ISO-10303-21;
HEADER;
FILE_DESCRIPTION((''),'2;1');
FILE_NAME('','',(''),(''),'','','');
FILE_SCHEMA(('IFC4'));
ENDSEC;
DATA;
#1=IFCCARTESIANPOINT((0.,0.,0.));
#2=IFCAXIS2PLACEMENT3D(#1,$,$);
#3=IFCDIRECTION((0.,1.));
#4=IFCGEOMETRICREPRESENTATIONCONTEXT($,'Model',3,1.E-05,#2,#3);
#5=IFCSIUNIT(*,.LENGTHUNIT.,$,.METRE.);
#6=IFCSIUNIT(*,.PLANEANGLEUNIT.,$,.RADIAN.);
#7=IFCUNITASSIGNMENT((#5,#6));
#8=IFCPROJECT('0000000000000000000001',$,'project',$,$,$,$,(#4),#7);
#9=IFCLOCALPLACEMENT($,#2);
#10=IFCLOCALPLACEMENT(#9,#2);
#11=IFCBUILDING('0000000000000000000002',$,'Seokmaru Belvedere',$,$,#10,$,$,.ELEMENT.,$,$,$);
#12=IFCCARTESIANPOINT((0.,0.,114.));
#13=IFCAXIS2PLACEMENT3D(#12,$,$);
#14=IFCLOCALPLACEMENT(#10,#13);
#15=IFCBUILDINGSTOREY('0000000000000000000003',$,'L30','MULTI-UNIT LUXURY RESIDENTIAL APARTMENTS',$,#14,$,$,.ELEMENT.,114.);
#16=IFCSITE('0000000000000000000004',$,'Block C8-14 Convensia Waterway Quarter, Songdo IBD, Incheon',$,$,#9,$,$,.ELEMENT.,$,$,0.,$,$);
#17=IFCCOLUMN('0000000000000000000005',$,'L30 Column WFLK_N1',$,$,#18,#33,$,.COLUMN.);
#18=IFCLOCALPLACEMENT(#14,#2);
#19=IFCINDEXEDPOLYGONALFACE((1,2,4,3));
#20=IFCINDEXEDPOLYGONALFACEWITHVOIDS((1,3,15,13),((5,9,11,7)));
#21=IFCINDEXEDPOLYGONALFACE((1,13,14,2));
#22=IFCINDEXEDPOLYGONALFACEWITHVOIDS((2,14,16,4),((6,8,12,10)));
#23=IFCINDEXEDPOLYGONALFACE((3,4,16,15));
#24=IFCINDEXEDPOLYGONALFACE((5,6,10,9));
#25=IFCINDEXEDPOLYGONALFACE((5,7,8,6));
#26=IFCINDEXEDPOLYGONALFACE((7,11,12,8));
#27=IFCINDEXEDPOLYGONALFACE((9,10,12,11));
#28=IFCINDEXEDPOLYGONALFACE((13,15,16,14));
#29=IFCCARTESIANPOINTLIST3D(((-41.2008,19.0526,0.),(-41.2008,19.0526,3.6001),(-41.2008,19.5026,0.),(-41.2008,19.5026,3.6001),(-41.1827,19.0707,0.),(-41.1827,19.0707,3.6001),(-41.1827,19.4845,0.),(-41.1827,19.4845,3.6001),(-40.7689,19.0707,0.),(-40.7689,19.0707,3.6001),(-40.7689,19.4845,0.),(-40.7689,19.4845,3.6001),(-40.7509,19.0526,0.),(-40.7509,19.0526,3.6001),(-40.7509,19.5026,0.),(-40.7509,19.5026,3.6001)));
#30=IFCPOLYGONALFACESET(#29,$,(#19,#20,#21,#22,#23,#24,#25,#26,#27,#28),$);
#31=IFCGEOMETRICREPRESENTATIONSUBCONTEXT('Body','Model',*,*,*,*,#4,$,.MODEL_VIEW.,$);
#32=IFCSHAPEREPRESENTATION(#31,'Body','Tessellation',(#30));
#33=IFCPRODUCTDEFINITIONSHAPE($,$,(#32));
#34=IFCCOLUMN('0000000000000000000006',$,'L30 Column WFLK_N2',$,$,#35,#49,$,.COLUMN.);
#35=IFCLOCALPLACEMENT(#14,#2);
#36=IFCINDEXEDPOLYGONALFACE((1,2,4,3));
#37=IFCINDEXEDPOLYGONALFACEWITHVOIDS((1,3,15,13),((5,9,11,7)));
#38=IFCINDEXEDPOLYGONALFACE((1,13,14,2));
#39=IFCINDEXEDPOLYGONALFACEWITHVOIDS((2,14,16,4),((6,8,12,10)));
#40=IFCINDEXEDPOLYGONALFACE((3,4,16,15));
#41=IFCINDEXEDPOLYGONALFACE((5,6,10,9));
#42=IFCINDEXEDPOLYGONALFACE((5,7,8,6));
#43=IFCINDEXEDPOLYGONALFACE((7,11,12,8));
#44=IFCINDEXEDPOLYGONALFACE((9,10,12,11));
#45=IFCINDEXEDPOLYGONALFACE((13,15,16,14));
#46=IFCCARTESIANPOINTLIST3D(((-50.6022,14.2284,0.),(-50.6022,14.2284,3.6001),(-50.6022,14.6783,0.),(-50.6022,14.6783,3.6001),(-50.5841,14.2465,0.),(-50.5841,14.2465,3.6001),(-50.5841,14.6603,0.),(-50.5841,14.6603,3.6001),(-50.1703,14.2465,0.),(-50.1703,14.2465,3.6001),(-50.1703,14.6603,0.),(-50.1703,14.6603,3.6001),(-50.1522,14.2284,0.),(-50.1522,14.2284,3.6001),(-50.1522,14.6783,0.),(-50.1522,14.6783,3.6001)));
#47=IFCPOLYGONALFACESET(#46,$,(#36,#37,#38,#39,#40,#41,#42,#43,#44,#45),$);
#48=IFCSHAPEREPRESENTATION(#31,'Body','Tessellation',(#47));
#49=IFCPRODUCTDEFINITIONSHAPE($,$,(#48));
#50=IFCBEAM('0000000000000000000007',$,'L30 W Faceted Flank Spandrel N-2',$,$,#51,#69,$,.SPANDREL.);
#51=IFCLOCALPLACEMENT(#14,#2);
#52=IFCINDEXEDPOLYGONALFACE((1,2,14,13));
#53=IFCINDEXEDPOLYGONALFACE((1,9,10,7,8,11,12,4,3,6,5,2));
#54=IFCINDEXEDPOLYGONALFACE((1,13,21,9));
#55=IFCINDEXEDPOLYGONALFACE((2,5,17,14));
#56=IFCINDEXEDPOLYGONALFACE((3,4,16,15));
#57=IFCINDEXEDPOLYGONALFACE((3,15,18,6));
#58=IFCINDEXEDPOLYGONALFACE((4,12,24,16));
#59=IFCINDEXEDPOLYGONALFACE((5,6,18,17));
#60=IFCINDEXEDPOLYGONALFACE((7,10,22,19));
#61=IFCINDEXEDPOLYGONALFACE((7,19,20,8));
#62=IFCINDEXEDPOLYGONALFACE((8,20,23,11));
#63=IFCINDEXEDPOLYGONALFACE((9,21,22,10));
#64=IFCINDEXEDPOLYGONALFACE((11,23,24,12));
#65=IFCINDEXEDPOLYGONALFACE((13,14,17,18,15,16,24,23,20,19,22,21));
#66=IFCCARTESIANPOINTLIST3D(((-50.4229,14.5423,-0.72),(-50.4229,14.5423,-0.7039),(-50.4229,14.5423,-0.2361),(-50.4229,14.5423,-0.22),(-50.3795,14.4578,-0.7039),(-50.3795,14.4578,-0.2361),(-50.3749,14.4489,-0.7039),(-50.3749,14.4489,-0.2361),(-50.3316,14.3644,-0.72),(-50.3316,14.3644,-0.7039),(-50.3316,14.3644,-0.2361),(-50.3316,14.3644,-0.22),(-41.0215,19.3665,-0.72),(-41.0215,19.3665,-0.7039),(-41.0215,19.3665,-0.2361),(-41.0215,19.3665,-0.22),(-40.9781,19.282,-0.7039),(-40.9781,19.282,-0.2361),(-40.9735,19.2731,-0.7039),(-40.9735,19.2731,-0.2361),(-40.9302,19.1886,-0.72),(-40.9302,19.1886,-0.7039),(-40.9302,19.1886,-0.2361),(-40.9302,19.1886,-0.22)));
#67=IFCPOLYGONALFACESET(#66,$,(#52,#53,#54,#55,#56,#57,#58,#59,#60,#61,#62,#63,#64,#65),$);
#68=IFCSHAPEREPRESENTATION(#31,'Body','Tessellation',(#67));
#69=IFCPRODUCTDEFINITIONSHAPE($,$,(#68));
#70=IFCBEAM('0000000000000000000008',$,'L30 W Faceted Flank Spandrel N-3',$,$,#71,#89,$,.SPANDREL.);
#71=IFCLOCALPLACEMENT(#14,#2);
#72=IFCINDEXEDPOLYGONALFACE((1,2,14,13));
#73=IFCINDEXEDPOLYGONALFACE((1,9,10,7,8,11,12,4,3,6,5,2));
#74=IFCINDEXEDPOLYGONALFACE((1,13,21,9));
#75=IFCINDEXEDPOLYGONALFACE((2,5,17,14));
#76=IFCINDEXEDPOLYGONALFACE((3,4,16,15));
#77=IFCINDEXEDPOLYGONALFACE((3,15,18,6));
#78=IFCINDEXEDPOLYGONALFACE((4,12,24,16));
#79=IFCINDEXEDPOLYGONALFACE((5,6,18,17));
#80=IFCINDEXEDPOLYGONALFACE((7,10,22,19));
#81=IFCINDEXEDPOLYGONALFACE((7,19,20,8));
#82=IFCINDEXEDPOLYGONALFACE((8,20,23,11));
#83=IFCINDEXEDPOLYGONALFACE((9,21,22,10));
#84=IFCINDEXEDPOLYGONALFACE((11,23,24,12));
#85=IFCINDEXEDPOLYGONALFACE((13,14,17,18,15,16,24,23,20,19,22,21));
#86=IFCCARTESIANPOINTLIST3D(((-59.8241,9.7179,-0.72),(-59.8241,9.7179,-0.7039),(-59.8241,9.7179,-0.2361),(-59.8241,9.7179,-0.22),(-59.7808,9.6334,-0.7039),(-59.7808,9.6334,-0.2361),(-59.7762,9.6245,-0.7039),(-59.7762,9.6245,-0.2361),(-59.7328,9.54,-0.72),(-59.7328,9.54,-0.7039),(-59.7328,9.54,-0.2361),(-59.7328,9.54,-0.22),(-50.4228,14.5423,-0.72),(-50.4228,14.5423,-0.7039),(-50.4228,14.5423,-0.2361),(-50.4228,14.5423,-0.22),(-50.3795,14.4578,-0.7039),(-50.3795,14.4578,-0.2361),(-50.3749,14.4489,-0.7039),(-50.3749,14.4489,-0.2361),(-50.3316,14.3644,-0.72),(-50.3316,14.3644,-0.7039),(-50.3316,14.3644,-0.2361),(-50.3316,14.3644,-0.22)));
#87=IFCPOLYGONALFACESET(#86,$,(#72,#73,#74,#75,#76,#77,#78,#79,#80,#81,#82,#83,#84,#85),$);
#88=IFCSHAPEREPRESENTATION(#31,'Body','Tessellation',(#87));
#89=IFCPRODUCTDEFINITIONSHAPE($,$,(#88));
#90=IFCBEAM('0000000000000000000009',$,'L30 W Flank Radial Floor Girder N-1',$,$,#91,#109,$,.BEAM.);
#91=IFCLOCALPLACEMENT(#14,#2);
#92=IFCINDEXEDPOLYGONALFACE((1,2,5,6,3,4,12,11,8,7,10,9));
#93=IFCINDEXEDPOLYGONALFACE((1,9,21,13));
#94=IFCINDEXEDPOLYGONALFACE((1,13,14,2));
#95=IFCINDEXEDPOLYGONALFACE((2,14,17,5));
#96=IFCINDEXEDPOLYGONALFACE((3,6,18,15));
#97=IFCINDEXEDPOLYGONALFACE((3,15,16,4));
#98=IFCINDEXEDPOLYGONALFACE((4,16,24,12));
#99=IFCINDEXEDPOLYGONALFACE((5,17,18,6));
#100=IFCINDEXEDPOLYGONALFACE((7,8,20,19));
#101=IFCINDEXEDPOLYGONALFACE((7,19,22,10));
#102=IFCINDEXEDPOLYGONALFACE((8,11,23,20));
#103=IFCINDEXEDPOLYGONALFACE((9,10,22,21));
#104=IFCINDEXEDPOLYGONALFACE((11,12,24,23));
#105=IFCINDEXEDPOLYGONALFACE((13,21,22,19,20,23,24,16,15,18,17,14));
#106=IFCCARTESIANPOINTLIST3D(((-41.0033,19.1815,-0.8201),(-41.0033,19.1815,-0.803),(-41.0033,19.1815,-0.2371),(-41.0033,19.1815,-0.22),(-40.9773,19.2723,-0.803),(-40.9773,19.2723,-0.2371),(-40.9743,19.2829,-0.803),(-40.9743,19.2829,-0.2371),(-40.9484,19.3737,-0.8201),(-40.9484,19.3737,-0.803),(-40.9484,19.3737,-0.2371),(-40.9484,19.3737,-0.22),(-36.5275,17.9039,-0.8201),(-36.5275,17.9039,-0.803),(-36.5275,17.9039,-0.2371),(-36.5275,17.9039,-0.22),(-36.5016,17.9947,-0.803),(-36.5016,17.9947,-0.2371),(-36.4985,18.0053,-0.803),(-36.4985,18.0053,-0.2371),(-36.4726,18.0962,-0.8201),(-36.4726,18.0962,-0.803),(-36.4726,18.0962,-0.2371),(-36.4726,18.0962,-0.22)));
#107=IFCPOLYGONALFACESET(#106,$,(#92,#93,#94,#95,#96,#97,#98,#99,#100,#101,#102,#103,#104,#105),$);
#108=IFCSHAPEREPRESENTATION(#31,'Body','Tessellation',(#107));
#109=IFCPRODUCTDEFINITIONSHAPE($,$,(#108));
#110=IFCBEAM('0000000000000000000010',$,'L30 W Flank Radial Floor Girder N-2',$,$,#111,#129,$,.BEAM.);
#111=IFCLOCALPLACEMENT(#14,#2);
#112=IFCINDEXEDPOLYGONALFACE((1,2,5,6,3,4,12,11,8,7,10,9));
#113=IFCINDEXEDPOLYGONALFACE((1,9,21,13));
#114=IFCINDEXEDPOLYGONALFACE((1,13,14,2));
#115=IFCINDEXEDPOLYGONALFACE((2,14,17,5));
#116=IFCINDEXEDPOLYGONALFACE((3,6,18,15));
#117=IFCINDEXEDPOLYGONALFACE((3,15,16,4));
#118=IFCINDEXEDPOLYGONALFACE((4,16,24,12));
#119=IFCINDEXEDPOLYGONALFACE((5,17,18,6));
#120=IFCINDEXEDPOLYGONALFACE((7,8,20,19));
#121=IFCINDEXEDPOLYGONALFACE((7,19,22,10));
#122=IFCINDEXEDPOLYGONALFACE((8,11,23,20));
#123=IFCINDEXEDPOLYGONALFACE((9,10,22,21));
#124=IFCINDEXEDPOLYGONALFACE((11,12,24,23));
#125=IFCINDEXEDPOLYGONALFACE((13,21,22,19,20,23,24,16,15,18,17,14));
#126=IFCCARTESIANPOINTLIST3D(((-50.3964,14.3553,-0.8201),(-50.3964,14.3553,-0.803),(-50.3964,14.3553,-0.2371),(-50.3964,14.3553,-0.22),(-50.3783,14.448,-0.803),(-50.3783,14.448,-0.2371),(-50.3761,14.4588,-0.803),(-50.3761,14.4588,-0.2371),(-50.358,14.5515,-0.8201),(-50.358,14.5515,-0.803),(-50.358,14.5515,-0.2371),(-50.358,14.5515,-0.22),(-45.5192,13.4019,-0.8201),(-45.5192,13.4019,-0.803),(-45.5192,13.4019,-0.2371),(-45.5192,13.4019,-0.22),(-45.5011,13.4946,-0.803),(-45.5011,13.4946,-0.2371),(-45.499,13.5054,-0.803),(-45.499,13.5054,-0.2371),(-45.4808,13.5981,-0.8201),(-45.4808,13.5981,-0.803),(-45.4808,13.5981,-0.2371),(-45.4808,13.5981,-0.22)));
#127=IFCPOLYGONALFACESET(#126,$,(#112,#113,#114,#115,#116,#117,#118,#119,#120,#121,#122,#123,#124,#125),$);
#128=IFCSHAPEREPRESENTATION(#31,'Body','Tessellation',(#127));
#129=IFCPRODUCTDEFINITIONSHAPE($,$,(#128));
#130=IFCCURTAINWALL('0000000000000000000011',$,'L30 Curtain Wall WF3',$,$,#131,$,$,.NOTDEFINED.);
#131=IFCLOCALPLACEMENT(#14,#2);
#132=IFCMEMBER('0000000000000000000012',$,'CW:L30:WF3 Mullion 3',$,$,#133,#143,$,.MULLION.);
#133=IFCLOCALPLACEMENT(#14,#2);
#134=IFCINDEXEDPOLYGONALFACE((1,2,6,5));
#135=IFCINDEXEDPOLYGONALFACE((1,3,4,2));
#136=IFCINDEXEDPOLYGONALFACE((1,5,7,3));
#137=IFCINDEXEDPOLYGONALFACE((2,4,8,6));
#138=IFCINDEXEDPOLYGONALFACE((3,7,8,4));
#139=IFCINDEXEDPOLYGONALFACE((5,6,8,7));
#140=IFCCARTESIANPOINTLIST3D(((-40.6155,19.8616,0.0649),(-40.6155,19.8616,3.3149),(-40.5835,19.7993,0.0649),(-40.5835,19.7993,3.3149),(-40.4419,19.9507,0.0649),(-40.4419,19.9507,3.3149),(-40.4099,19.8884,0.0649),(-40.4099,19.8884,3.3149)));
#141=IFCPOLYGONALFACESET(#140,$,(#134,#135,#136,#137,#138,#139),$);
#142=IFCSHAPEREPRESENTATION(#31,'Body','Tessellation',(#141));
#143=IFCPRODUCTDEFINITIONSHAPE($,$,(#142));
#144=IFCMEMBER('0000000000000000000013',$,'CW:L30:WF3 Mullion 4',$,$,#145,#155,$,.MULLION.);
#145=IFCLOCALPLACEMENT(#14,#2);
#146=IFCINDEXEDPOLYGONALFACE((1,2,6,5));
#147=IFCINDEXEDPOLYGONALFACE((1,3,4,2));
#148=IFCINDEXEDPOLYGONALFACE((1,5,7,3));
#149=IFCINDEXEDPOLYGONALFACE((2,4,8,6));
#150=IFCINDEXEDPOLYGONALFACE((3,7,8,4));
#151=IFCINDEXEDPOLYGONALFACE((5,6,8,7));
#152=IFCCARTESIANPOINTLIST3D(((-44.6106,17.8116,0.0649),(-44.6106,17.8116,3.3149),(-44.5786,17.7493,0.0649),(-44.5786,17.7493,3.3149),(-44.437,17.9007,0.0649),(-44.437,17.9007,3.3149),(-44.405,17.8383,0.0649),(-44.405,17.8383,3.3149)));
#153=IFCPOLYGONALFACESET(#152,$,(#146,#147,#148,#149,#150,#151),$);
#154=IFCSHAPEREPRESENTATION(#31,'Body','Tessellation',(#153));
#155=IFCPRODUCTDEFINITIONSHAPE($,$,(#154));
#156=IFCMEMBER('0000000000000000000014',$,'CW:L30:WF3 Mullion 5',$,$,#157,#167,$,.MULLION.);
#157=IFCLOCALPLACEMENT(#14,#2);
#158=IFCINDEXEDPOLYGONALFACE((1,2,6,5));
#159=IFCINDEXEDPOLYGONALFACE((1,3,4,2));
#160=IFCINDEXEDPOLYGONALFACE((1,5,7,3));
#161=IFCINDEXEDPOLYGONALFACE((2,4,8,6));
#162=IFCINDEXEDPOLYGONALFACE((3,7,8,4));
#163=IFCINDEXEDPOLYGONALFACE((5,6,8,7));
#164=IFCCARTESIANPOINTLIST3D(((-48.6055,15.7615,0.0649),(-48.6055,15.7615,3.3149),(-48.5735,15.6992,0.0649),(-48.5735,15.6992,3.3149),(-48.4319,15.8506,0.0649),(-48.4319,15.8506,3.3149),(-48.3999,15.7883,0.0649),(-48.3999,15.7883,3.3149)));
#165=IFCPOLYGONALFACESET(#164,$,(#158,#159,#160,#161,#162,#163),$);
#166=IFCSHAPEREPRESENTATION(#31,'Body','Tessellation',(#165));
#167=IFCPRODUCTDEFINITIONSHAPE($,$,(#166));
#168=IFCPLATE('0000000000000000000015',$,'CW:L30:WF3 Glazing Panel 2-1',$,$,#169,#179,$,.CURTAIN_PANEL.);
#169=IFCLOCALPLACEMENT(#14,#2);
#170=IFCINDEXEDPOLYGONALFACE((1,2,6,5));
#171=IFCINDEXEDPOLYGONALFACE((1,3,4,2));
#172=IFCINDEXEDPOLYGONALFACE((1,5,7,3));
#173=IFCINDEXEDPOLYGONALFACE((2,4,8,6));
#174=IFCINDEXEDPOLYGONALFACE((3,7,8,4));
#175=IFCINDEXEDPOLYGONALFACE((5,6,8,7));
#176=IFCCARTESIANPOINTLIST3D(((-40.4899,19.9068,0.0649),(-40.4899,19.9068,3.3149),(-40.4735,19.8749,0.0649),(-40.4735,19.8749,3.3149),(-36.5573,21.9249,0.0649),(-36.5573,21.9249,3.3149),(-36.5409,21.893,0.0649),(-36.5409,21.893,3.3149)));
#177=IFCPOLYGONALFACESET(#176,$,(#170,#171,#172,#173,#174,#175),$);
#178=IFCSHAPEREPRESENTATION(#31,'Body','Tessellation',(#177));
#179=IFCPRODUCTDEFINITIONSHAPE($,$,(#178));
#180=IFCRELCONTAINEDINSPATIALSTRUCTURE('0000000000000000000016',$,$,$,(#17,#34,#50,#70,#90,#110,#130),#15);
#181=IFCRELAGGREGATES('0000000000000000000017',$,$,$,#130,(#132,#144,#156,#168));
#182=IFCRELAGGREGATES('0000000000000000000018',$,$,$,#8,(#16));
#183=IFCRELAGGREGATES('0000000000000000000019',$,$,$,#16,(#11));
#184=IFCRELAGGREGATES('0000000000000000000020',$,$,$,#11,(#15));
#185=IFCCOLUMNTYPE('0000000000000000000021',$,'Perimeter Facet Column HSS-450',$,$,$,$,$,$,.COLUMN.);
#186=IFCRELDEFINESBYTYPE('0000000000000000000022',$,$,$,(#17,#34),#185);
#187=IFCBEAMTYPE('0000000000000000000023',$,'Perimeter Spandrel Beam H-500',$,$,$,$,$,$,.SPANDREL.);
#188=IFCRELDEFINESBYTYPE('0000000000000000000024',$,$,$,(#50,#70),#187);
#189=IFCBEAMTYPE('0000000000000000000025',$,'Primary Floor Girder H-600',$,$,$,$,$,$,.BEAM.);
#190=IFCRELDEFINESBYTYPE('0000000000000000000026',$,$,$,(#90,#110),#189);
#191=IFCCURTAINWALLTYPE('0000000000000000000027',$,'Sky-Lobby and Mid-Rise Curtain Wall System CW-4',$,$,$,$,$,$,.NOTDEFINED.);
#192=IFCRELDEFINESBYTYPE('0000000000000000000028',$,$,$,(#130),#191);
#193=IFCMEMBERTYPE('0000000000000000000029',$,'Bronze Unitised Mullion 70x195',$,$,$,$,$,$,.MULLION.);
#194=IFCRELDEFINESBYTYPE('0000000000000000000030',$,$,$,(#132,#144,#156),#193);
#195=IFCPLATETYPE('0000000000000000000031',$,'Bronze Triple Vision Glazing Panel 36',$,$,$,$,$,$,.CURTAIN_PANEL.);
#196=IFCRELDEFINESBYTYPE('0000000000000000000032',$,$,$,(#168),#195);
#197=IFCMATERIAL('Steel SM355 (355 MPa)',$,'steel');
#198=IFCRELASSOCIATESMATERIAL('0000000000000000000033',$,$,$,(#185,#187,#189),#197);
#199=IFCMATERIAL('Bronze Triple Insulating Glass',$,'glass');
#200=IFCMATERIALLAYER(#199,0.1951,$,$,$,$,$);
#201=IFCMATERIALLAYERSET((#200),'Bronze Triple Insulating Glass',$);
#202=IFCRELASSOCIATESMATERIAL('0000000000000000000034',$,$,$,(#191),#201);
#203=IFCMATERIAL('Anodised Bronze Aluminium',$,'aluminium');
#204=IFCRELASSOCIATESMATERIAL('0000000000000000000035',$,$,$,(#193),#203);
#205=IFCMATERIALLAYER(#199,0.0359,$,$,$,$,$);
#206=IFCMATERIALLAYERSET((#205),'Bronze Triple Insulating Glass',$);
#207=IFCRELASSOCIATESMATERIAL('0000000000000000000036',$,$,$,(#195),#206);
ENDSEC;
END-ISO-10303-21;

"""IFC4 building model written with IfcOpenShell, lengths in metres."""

from ifc_helpers import new_model, si_unit, direction, frame, origin, origin_2d, place, context, subcontext, project, spatial, rectangle, hollow_rectangle, i_section, extrude, source, transform, mapped, material, layer, layer_set, material_profile, profile_set, type_object, type_shapes, element, aggregate, save


model = new_model("IFC4")

# Units and contexts
model_context = context("Model", 3, precision=1e-05, world=origin(), true_north=direction((0.0, 1.0)))
body_context = subcontext(model_context, "Body", "Model", "MODEL_VIEW")
ifc_project = project(units=[si_unit("LENGTHUNIT", "METRE"), si_unit("PLANEANGLEUNIT", "RADIAN")], contexts=[model_context])

# Site, building, storey
site_placement = place(None, origin())
site = spatial("IfcSite", under=ifc_project, at=site_placement, Name="Block C8-14 Convensia Waterway Quarter, Songdo IBD, Incheon", CompositionType="ELEMENT", RefElevation=0.0)
building_placement = place(site_placement, origin())
building = spatial("IfcBuilding", under=site, at=building_placement, Name="Seokmaru Belvedere", CompositionType="ELEMENT")
storey_placement = place(building_placement, frame((0.0, 0.0, 114.0)))
storey = spatial("IfcBuildingStorey", under=building, at=storey_placement, Name="L30", Description="MULTI-UNIT LUXURY RESIDENTIAL APARTMENTS", CompositionType="ELEMENT", Elevation=114.0)

# Columns
ifc_material_1 = material(Name="Steel SM355 (355 MPa)", Category="steel")
ifc_material_profile_1 = material_profile(ifc_material_1, hollow_rectangle(XDim=0.45, YDim=0.45, WallThickness=0.0181, at=origin_2d()), Name="HSS-450x450x18")
ifc_profile_set_1 = profile_set([ifc_material_profile_1], Name="Steel SM355 (355 MPa)")
column_type = type_object("IfcColumnType", Name="Perimeter Facet Column HSS-450", PredefinedType="COLUMN", material=ifc_profile_set_1)
shared_shape_1 = source(origin(), body_context, "Body", "SweptSolid", [
    extrude(hollow_rectangle(XDim=0.45, YDim=0.45, WallThickness=0.0181, at=origin_2d()), origin(), (0.0, 0.0, 1.0), 3.6001),
])
type_shapes(column_type, [shared_shape_1])
for number, where, z_axis, x_axis, name in (
    (1, (-40.9758, 19.2776, 0.0), (0.0, 0.0, 1.0), (1.0, 0.0, 0.0), "L30 Column WFLK_N1"),
    (2, (-50.3772, 14.4534, 0.0), (0.0, 0.0, 1.0), (1.0, 0.0, 0.0), "L30 Column WFLK_N2"),
):
    element("IfcColumn", number, at=place(storey_placement, frame(where, z_axis=z_axis, x_axis=x_axis)), inside=storey, type_object=column_type, Name=name, PredefinedType="COLUMN", context=body_context, shape_type="MappedRepresentation", body=[
        mapped(shared_shape_1, transform((0.0, 0.0, 0.0), scale=1.0)),
    ])

# Beams
ifc_material_profile_2 = material_profile(ifc_material_1, i_section(OverallWidth=0.2, OverallDepth=0.5, WebThickness=0.01, FlangeThickness=0.0161, at=origin_2d()), Name="H-500x200x10x16")
ifc_profile_set_2 = profile_set([ifc_material_profile_2], Name="Steel SM355 (355 MPa)")
beam_type_1 = type_object("IfcBeamType", Name="Perimeter Spandrel Beam H-500", PredefinedType="SPANDREL", material=ifc_profile_set_2)
shared_shape_2 = source(origin(), body_context, "Body", "SweptSolid", [
    extrude(i_section(OverallWidth=0.2, OverallDepth=0.5, WebThickness=0.01, FlangeThickness=0.0161, at=origin_2d()), origin(), (0.0, 0.0, 1.0), 10.5669),
])
type_shapes(beam_type_1, [shared_shape_2])
for number, where, z_axis, x_axis, name in (
    (3, (-40.9758, 19.2776, -0.47), (-0.889702, -0.456542, 0.0), (0.456542, -0.889702, 0.0), "L30 W Faceted Flank Spandrel N-2"),
    (4, (-50.3772, 14.4534, -0.47), (-0.889693, -0.45656, 0.0), (0.45656, -0.889693, 0.0), "L30 W Faceted Flank Spandrel N-3"),
):
    element("IfcBeam", number, at=place(storey_placement, frame(where, z_axis=z_axis, x_axis=x_axis)), inside=storey, type_object=beam_type_1, Name=name, PredefinedType="SPANDREL", context=body_context, shape_type="MappedRepresentation", body=[
        mapped(shared_shape_2, transform((0.0, 0.0, 0.0), scale=1.0)),
    ])
ifc_material_profile_3 = material_profile(ifc_material_1, i_section(OverallWidth=0.2, OverallDepth=0.6001, WebThickness=0.011, FlangeThickness=0.0171, at=origin_2d()), Name="H-600x200x11x17")
ifc_profile_set_3 = profile_set([ifc_material_profile_3], Name="Steel SM355 (355 MPa)")
beam_type_2 = type_object("IfcBeamType", Name="Primary Floor Girder H-600", PredefinedType="BEAM", material=ifc_profile_set_3)
shared_shape_3 = source(origin(), body_context, "Body", "SweptSolid", [
    extrude(i_section(OverallWidth=0.2, OverallDepth=0.6001, WebThickness=0.011, FlangeThickness=0.0171, at=origin_2d()), origin(), (0.0, 0.0, 1.0), 4.6545),
])
beam_1_placement = place(storey_placement, frame((-40.9758, 19.2776, -0.52), z_axis=(0.961593, -0.274479, 0.0), x_axis=(0.274479, 0.961593, 0.0)))
element("IfcBeam", 5, at=beam_1_placement, inside=storey, type_object=beam_type_2, Name="L30 W Flank Radial Floor Girder N-1", PredefinedType="BEAM", context=body_context, shape_type="MappedRepresentation", body=[
    mapped(shared_shape_3, transform((0.0, 0.0, 0.0), scale=1.0)),
])
shared_shape_4 = source(origin(), body_context, "Body", "SweptSolid", [
    extrude(i_section(OverallWidth=0.2, OverallDepth=0.6001, WebThickness=0.011, FlangeThickness=0.0171, at=origin_2d()), origin(), (0.0, 0.0, 1.0), 4.9695),
])
type_shapes(beam_type_2, [shared_shape_3, shared_shape_4])
beam_2_placement = place(storey_placement, frame((-50.3772, 14.4534, -0.52), z_axis=(0.981425, -0.191844, 0.0), x_axis=(0.191844, 0.981425, 0.0)))
element("IfcBeam", 6, at=beam_2_placement, inside=storey, type_object=beam_type_2, Name="L30 W Flank Radial Floor Girder N-2", PredefinedType="BEAM", context=body_context, shape_type="MappedRepresentation", body=[
    mapped(shared_shape_4, transform((0.0, 0.0, 0.0), scale=1.0)),
])

# Curtain wall, members, plate
ifc_material_2 = material(Name="Bronze Triple Insulating Glass", Category="glass")
ifc_layer_1 = layer(ifc_material_2, 0.1951)
ifc_layer_set_1 = layer_set([ifc_layer_1], Name="Bronze Triple Insulating Glass")
curtain_wall_type = type_object("IfcCurtainWallType", Name="Sky-Lobby and Mid-Rise Curtain Wall System CW-4", PredefinedType="NOTDEFINED", material=ifc_layer_set_1)
curtain_wall_placement = place(storey_placement, origin())
curtain_wall = element("IfcCurtainWall", 7, at=curtain_wall_placement, inside=storey, type_object=curtain_wall_type, Name="L30 Curtain Wall WF3", PredefinedType="NOTDEFINED")
ifc_material_3 = material(Name="Anodised Bronze Aluminium", Category="aluminium")
ifc_material_profile_4 = material_profile(ifc_material_3, rectangle(XDim=0.0701, YDim=0.1951, at=origin_2d()), Name="CW-M-70x195")
ifc_profile_set_4 = profile_set([ifc_material_profile_4], Name="Anodised Bronze Aluminium")
member_type = type_object("IfcMemberType", Name="Bronze Unitised Mullion 70x195", PredefinedType="MULLION", material=ifc_profile_set_4)
shared_shape_5 = source(origin(), body_context, "Body", "SweptSolid", [
    extrude(rectangle(XDim=0.0701, YDim=0.1951, at=origin_2d()), origin(), (0.0, 0.0, 1.0), 3.25),
])
type_shapes(member_type, [shared_shape_5])
member_1_placement = place(storey_placement, frame((-40.5127, 19.875, 0.0649), z_axis=(0.0, 0.0, 1.0), x_axis=(0.456555, -0.889695, 0.0)))
member_1 = element("IfcMember", 8, at=member_1_placement, type_object=member_type, Name="CW:L30:WF3 Mullion 3", PredefinedType="MULLION", context=body_context, shape_type="MappedRepresentation", body=[
    mapped(shared_shape_5, transform((0.0, 0.0, 0.0), scale=1.0)),
])
member_2_placement = place(storey_placement, frame((-44.5078, 17.825, 0.0649), z_axis=(0.0, 0.0, 1.0), x_axis=(0.456555, -0.889695, 0.0)))
member_2 = element("IfcMember", 9, at=member_2_placement, type_object=member_type, Name="CW:L30:WF3 Mullion 4", PredefinedType="MULLION", context=body_context, shape_type="MappedRepresentation", body=[
    mapped(shared_shape_5, transform((0.0, 0.0, 0.0), scale=1.0)),
])
member_3_placement = place(storey_placement, frame((-48.5027, 15.7749, 0.0649), z_axis=(0.0, 0.0, 1.0), x_axis=(0.456555, -0.889695, 0.0)))
member_3 = element("IfcMember", 10, at=member_3_placement, type_object=member_type, Name="CW:L30:WF3 Mullion 5", PredefinedType="MULLION", context=body_context, shape_type="MappedRepresentation", body=[
    mapped(shared_shape_5, transform((0.0, 0.0, 0.0), scale=1.0)),
])
ifc_layer_2 = layer(ifc_material_2, 0.0359)
ifc_layer_set_2 = layer_set([ifc_layer_2], Name="Bronze Triple Insulating Glass")
plate_type = type_object("IfcPlateType", Name="Bronze Triple Vision Glazing Panel 36", PredefinedType="CURTAIN_PANEL", material=ifc_layer_set_2)
shared_shape_6 = source(origin(), body_context, "Body", "SweptSolid", [
    extrude(rectangle(XDim=4.4202, YDim=0.0359, at=origin_2d()), origin(), (0.0, 0.0, 1.0), 3.25),
])
type_shapes(plate_type, [shared_shape_6])
plate_1_placement = place(storey_placement, frame((-38.5154, 20.8999, 0.0649), z_axis=(0.0, 0.0, 1.0), x_axis=(-0.889695, -0.456555, 0.0)))
plate_1 = element("IfcPlate", 11, at=plate_1_placement, type_object=plate_type, Name="CW:L30:WF3 Glazing Panel 2-1", PredefinedType="CURTAIN_PANEL", context=body_context, shape_type="MappedRepresentation", body=[
    mapped(shared_shape_6, transform((0.0, 0.0, 0.0), scale=1.0)),
])
aggregate(curtain_wall, [member_1, member_2, member_3, plate_1])

save(model, "model.ifc")
